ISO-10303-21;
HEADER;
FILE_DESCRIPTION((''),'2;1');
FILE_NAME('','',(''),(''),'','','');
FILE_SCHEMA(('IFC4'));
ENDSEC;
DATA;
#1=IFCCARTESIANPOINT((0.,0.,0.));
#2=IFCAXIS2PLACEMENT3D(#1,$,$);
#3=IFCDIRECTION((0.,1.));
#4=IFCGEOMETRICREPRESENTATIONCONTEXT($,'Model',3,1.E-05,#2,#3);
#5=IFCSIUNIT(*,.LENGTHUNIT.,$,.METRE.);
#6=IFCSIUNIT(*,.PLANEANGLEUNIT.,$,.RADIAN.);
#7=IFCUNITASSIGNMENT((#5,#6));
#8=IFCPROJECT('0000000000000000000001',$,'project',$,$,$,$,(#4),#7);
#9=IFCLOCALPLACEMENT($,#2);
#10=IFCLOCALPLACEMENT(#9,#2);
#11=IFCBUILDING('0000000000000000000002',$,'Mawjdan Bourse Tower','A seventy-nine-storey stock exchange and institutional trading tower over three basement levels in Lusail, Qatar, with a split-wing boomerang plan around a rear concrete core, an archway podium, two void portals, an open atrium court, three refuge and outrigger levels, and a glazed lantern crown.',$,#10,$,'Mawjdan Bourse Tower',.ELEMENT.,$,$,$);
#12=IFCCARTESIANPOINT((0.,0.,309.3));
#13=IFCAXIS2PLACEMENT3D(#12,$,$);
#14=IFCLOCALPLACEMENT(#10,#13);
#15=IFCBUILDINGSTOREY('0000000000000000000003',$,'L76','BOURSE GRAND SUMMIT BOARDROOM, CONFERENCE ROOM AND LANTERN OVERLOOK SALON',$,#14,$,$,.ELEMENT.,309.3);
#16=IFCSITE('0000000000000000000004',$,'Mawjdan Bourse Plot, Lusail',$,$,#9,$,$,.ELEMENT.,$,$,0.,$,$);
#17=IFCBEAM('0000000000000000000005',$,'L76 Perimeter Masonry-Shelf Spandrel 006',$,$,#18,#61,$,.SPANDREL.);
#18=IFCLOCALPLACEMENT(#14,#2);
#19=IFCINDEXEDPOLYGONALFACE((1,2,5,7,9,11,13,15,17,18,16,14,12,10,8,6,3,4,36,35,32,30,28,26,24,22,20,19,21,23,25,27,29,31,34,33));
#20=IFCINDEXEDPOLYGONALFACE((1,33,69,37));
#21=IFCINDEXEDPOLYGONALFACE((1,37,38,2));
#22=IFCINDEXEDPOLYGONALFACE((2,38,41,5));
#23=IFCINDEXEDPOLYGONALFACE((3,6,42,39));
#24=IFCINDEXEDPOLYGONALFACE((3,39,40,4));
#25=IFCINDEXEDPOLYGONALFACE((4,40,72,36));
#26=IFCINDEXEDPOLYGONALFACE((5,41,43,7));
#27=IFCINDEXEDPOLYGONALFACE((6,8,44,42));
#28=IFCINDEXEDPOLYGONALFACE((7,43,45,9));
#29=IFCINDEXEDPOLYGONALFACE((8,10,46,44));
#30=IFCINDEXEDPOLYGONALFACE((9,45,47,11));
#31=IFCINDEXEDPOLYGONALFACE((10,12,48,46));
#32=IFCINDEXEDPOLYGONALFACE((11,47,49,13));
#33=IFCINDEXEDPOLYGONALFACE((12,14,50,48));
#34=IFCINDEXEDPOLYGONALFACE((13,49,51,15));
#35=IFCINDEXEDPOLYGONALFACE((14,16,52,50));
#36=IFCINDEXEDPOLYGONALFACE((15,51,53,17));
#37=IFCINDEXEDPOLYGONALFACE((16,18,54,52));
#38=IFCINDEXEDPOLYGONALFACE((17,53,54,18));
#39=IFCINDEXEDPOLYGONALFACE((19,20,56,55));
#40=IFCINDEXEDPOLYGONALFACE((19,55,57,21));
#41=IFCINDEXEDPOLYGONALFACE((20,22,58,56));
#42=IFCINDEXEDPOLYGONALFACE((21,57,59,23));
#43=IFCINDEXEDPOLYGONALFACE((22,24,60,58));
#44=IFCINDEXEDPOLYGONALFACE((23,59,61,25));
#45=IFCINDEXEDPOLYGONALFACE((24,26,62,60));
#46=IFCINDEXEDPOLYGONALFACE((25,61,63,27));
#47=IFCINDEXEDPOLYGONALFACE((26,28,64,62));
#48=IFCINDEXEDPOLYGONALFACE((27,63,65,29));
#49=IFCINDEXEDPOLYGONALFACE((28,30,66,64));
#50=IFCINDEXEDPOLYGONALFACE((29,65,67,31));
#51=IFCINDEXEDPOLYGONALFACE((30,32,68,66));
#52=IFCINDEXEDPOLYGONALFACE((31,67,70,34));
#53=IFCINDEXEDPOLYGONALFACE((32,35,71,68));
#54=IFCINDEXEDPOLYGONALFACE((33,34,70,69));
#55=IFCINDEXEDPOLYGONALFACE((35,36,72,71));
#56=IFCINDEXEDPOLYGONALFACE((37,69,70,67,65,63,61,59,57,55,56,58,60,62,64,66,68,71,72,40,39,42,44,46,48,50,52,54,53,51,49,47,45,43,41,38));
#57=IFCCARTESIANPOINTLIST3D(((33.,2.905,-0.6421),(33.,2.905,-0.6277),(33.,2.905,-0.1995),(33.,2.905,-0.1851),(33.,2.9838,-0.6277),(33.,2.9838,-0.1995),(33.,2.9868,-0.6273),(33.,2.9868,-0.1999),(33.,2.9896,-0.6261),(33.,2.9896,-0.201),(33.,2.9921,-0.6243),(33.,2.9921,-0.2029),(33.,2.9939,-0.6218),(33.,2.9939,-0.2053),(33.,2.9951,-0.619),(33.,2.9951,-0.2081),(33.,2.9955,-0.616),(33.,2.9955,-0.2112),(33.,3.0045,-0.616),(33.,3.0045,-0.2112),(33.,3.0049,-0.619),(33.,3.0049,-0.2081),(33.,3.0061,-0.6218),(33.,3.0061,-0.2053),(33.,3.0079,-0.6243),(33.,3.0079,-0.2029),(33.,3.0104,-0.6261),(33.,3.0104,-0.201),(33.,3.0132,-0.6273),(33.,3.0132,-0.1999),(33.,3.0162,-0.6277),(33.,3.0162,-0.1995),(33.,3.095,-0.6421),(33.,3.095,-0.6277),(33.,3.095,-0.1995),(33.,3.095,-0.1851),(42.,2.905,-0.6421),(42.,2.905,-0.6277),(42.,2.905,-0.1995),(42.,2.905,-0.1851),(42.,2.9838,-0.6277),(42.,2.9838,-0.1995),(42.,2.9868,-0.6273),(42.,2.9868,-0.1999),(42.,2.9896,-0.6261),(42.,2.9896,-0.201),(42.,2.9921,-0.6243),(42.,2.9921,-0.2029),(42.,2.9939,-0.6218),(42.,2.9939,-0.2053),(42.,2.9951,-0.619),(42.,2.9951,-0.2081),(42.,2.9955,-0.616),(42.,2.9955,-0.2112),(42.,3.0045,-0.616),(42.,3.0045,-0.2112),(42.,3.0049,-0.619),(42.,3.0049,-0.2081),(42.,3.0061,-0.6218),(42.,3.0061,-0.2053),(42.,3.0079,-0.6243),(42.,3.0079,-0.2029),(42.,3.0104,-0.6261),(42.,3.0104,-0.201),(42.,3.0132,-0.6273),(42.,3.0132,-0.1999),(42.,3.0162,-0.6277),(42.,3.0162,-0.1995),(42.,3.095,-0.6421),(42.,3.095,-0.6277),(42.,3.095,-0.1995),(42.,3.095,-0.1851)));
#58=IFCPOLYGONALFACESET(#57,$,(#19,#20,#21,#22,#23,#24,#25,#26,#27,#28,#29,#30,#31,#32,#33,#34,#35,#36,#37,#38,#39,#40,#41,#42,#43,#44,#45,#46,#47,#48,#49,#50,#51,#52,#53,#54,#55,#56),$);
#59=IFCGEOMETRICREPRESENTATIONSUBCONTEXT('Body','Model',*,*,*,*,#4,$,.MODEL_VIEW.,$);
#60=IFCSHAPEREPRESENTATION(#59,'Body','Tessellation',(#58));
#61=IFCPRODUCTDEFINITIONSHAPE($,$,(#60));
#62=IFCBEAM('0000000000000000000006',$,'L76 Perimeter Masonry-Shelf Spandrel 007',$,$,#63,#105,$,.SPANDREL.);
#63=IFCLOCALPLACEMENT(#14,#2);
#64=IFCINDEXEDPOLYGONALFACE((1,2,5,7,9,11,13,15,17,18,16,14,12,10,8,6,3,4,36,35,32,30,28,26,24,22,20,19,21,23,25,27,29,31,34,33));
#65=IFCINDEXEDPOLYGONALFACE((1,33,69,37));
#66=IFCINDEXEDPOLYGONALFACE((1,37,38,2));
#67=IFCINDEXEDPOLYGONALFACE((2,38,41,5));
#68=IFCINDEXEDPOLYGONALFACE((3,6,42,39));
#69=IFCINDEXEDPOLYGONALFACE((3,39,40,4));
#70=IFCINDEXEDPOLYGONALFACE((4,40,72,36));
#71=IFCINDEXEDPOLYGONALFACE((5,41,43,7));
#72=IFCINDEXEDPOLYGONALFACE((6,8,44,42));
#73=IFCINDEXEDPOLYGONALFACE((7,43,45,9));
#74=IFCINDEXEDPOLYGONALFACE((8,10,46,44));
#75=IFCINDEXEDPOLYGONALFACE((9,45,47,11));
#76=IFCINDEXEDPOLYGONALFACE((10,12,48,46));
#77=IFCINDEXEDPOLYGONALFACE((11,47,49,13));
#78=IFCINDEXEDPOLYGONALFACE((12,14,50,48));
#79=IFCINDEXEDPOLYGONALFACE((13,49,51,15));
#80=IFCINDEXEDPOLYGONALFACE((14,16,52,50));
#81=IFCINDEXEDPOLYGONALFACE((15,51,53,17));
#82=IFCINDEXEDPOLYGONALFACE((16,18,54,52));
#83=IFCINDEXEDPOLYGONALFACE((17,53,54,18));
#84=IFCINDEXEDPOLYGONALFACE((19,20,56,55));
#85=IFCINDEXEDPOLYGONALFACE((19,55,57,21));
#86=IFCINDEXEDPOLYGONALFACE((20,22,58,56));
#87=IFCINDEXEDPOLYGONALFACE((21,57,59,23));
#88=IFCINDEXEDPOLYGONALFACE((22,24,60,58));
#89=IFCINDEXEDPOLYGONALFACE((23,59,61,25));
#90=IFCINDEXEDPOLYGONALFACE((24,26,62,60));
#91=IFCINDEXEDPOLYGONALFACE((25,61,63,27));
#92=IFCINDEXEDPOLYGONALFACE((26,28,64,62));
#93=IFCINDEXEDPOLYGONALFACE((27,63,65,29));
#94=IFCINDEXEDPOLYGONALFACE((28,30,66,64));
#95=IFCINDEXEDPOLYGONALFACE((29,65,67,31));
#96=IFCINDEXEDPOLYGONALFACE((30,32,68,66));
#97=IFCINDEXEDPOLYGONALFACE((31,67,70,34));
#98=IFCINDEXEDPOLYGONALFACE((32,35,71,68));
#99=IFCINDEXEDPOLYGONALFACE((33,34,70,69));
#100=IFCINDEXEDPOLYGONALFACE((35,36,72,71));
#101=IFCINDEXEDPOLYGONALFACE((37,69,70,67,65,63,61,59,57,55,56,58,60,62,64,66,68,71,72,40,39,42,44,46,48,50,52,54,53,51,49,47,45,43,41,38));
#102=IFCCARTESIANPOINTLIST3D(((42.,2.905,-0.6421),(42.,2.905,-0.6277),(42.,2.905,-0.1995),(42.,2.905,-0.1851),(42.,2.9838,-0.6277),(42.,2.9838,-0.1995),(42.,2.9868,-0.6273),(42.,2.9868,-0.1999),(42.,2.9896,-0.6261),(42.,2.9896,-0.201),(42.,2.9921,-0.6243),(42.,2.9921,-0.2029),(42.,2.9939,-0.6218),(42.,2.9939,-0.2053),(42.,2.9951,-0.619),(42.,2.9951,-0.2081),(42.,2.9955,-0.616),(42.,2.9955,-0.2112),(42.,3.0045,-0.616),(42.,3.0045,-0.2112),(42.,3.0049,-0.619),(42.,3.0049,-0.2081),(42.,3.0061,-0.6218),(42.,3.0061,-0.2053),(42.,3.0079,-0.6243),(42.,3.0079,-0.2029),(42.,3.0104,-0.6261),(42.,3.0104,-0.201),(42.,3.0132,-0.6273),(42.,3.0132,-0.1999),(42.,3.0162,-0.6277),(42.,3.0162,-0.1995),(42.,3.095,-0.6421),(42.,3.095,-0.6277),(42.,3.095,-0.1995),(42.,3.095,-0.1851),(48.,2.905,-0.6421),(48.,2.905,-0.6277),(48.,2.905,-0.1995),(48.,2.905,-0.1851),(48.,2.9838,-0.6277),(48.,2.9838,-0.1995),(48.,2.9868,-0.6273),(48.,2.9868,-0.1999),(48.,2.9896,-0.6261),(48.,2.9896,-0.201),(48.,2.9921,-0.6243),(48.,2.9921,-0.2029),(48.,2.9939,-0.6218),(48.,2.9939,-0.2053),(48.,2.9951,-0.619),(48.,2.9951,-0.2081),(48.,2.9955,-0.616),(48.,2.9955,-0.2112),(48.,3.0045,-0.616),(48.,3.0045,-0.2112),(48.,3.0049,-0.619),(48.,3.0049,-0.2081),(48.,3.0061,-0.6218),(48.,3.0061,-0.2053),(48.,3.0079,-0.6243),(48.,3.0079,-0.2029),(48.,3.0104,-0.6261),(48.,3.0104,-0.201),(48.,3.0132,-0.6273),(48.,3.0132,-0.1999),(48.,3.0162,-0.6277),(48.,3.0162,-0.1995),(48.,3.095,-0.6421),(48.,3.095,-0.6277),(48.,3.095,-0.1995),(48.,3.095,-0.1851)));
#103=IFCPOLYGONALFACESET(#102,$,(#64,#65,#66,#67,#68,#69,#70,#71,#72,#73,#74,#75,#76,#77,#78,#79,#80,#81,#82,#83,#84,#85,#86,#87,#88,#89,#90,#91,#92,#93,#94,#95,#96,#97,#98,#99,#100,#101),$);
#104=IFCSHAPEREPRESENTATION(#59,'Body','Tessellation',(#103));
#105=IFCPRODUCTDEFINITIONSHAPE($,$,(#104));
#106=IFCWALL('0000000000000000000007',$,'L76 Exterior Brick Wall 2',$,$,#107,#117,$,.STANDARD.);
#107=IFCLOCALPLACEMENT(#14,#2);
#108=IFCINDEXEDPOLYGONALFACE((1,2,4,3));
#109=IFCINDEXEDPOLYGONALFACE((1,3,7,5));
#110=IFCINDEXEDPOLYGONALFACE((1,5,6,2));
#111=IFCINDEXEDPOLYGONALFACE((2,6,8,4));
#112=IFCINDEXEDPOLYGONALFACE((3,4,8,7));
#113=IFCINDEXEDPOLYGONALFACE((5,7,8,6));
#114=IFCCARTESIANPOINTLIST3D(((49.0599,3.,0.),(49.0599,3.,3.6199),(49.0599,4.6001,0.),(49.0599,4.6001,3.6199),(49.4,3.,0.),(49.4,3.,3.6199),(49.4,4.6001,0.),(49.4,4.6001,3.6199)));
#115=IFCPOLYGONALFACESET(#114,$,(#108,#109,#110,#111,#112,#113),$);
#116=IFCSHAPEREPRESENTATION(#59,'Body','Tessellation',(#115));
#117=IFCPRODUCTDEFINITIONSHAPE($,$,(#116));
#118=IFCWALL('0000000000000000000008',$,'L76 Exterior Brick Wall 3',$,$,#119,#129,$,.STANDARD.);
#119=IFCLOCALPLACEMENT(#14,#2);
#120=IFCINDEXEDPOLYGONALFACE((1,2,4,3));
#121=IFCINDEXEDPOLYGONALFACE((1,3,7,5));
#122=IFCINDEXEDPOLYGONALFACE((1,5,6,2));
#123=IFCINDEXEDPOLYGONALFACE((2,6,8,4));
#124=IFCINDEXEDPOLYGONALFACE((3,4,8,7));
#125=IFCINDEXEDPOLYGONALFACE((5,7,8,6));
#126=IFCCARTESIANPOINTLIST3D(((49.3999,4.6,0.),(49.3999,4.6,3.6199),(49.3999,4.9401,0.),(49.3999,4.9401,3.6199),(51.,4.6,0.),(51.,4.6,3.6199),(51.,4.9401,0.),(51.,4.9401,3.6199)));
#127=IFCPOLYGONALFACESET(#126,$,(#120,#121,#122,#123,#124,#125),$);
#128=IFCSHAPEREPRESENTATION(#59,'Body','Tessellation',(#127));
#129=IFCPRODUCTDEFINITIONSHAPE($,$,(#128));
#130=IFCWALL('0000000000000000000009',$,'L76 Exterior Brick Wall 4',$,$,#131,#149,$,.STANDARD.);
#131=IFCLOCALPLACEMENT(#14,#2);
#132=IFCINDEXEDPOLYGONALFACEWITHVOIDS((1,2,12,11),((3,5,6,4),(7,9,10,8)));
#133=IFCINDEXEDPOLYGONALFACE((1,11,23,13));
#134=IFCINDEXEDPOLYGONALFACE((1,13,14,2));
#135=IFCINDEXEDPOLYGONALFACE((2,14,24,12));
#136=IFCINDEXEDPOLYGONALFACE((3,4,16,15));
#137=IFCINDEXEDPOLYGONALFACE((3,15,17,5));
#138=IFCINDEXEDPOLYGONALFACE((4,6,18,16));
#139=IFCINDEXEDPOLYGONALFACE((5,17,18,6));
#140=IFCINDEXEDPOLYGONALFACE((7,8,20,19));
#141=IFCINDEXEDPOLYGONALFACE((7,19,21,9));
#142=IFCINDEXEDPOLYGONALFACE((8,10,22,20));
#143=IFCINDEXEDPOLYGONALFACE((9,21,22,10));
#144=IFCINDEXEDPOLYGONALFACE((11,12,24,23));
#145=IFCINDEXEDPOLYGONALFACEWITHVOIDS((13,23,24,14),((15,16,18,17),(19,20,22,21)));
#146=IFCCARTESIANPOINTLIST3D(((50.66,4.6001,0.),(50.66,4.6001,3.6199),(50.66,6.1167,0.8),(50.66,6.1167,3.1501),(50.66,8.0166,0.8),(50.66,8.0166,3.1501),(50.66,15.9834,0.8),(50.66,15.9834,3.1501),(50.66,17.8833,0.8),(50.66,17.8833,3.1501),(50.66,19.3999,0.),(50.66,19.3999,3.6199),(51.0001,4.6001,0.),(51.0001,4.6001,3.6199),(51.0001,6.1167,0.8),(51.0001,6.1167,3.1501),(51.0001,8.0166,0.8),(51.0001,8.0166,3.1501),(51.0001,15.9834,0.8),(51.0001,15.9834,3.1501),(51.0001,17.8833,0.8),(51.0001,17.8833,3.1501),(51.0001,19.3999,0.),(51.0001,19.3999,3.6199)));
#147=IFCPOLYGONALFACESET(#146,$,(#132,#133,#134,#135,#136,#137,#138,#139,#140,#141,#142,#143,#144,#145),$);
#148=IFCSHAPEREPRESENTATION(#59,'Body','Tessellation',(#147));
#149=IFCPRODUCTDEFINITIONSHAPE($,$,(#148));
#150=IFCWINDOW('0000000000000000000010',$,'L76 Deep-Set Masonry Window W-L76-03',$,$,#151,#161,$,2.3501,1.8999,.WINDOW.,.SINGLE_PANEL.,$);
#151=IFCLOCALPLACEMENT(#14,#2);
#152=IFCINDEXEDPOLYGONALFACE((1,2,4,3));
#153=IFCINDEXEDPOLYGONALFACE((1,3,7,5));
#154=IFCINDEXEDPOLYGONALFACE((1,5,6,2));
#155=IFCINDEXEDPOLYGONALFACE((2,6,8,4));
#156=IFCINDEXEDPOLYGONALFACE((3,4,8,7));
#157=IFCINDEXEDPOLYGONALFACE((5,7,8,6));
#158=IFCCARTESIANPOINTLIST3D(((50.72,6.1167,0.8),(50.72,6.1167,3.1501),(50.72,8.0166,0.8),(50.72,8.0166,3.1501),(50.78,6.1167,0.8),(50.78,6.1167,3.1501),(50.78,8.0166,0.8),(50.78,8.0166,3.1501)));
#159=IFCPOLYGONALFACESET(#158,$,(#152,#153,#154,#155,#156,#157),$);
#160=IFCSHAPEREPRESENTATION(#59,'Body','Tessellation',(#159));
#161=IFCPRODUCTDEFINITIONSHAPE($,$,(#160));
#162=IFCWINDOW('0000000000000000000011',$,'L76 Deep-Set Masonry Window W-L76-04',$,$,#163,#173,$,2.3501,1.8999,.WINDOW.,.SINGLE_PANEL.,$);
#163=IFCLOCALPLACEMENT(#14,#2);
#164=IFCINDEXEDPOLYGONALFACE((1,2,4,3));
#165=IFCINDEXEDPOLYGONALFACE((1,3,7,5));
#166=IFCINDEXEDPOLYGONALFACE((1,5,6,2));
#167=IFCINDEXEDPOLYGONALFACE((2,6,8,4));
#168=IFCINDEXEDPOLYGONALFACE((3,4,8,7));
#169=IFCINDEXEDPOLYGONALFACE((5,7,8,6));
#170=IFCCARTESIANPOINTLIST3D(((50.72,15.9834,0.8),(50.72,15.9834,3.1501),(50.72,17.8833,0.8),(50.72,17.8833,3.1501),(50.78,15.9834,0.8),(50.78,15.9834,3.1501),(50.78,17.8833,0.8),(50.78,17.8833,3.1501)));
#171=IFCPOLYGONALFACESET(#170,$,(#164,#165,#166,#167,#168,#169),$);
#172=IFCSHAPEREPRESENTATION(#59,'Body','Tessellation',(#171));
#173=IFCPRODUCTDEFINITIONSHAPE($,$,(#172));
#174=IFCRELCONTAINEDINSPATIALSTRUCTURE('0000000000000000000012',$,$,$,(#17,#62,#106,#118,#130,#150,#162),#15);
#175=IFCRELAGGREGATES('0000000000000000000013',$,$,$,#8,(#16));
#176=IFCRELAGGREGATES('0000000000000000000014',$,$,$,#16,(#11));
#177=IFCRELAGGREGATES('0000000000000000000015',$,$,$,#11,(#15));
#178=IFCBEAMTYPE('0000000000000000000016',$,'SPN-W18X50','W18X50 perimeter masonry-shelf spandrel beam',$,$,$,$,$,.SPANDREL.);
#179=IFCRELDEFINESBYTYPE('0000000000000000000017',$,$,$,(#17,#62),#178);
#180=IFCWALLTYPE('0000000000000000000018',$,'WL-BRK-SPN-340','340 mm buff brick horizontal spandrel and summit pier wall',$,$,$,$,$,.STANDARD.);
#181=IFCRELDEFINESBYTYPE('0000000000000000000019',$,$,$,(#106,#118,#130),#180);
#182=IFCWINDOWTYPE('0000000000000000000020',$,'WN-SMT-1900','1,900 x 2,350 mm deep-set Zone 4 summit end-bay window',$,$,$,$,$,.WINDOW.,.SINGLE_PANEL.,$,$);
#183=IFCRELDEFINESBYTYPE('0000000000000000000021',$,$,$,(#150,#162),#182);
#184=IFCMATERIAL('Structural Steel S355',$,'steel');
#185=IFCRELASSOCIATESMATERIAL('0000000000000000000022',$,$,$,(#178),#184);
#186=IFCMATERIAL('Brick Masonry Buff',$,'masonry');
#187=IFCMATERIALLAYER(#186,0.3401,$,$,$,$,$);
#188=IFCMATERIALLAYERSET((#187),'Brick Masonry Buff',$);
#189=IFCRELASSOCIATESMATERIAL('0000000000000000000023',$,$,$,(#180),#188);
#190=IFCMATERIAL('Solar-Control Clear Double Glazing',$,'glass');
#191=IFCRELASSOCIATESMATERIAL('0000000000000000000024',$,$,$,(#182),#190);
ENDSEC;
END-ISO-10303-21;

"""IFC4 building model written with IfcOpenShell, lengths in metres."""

from ifc_helpers import new_model, si_unit, direction, frame, frame_2d, origin, origin_2d, place, context, subcontext, project, spatial, rectangle, i_section, extrude, material, layer, layer_set, material_profile, profile_set, type_object, element, fill, save


model = new_model("IFC4")

# Units and contexts
model_context = context("Model", 3, precision=1e-05, world=origin(), true_north=direction((0.0, 1.0)))
body_context = subcontext(model_context, "Body", "Model", "MODEL_VIEW")
ifc_project = project(units=[si_unit("LENGTHUNIT", "METRE"), si_unit("PLANEANGLEUNIT", "RADIAN")], contexts=[model_context])

# Site, building, storey
site_placement = place(None, origin())
site = spatial("IfcSite", under=ifc_project, at=site_placement, Name="Mawjdan Bourse Plot, Lusail", CompositionType="ELEMENT", RefElevation=0.0)
building_placement = place(site_placement, origin())
building = spatial("IfcBuilding", under=site, at=building_placement, Name="Mawjdan Bourse Tower", Description="A seventy-nine-storey stock exchange and institutional trading tower over three basement levels in Lusail, Qatar, with a split-wing boomerang plan around a rear concrete core, an archway podium, two void portals, an open atrium court, three refuge and outrigger levels, and a glazed lantern crown.", LongName="Mawjdan Bourse Tower", CompositionType="ELEMENT")
storey_placement = place(building_placement, frame((0.0, 0.0, 309.3)))
storey = spatial("IfcBuildingStorey", under=building, at=storey_placement, Name="L76", Description="BOURSE GRAND SUMMIT BOARDROOM, CONFERENCE ROOM AND LANTERN OVERLOOK SALON", CompositionType="ELEMENT", Elevation=309.3)

# Shared definitions
ifc_material_1 = material(Name="Structural Steel S355", Category="steel")

# Beams
ifc_material_profile_1 = material_profile(ifc_material_1, i_section(OverallWidth=0.1899, OverallDepth=0.457, WebThickness=0.009, FlangeThickness=0.0144, FilletRadius=0.0117, at=origin_2d()), Name="W18X50")
ifc_profile_set_1 = profile_set([ifc_material_profile_1], Name="Structural Steel S355")
beam_type_1 = type_object("IfcBeamType", Name="SPN-W18X50", Description="W18X50 perimeter masonry-shelf spandrel beam", PredefinedType="SPANDREL", material=ifc_profile_set_1)
beam_1_placement = place(storey_placement, frame((33.0, 3.0, -0.4136), z_axis=(1.0, 0.0, 0.0), x_axis=(0.0, 1.0, 0.0)))
element("IfcBeam", 1, at=beam_1_placement, inside=storey, type_object=beam_type_1, Name="L76 Perimeter Masonry-Shelf Spandrel 006", PredefinedType="SPANDREL", context=body_context, shape_type="SweptSolid", body=[
    extrude(i_section(OverallWidth=0.1899, OverallDepth=0.457, WebThickness=0.009, FlangeThickness=0.0144, FilletRadius=0.0117, at=origin_2d()), origin(), (0.0, 0.0, 1.0), 9.0),
])
beam_2_placement = place(storey_placement, frame((42.0, 3.0, -0.4136), z_axis=(1.0, 0.0, 0.0), x_axis=(0.0, 1.0, 0.0)))
element("IfcBeam", 2, at=beam_2_placement, inside=storey, type_object=beam_type_1, Name="L76 Perimeter Masonry-Shelf Spandrel 007", PredefinedType="SPANDREL", context=body_context, shape_type="SweptSolid", body=[
    extrude(i_section(OverallWidth=0.1899, OverallDepth=0.457, WebThickness=0.009, FlangeThickness=0.0144, FilletRadius=0.0117, at=origin_2d()), origin(), (0.0, 0.0, 1.0), 6.0),
])

# Walls
ifc_material_2 = material(Name="Brick Masonry Buff", Category="masonry")
ifc_layer_1 = layer(ifc_material_2, 0.3401)
ifc_layer_set_1 = layer_set([ifc_layer_1], Name="Brick Masonry Buff")
wall_type_1 = type_object("IfcWallType", Name="WL-BRK-SPN-340", Description="340 mm buff brick horizontal spandrel and summit pier wall", PredefinedType="STANDARD", material=ifc_layer_set_1)
for number, where, z_axis, x_axis, name in (
    (3, (49.23, 3.0, 0.0), (0.0, 0.0, 1.0), (0.0, 1.0, 0.0), "L76 Exterior Brick Wall 2"),
    (4, (49.3999, 4.77, 0.0), (0.0, 0.0, 1.0), (1.0, 0.0, 0.0), "L76 Exterior Brick Wall 3"),
):
    element("IfcWall", number, at=place(storey_placement, frame(where, z_axis=z_axis, x_axis=x_axis)), inside=storey, type_object=wall_type_1, Name=name, PredefinedType="STANDARD", context=body_context, shape_type="SweptSolid", body=[
        extrude(rectangle(XDim=1.6001, YDim=0.3401, at=frame_2d((0.8, 0.0))), origin(), (0.0, 0.0, 1.0), 3.6199),
    ])

# Wall, openings, windows
wall_1_placement = place(storey_placement, frame((50.8301, 4.6001, 0.0), z_axis=(0.0, 0.0, 1.0), x_axis=(0.0, 1.0, 0.0)))
wall_1 = element("IfcWall", 5, at=wall_1_placement, inside=storey, type_object=wall_type_1, Name="L76 Exterior Brick Wall 4", PredefinedType="STANDARD", context=body_context, shape_type="SweptSolid", body=[
    extrude(rectangle(XDim=14.7998, YDim=0.3401, at=frame_2d((7.3999, 0.0))), origin(), (0.0, 0.0, 1.0), 3.6199),
])
opening_1_placement = place(wall_1_placement, frame((1.5166, 0.0, 0.8)))
opening_1 = element("IfcOpeningElement", 6, at=opening_1_placement, cuts=wall_1, PredefinedType="OPENING", context=body_context, shape_type="SweptSolid", body=[
    extrude(rectangle(XDim=1.8999, YDim=2.3501, at=frame_2d((0.95, 1.175))), frame((0.0, 0.1802, 0.0), z_axis=(0.0, -1.0, 0.0), x_axis=(1.0, 0.0, 0.0)), (0.0, 0.0, 1.0), 0.3601),
])
opening_2_placement = place(wall_1_placement, frame((11.3833, 0.0, 0.8)))
opening_2 = element("IfcOpeningElement", 7, at=opening_2_placement, cuts=wall_1, PredefinedType="OPENING", context=body_context, shape_type="SweptSolid", body=[
    extrude(rectangle(XDim=1.8999, YDim=2.3501, at=frame_2d((0.95, 1.175))), frame((0.0, 0.1802, 0.0), z_axis=(0.0, -1.0, 0.0), x_axis=(1.0, 0.0, 0.0)), (0.0, 0.0, 1.0), 0.3601),
])
ifc_material_3 = material(Name="Solar-Control Clear Double Glazing", Category="glass")
window_type = type_object("IfcWindowType", Name="WN-SMT-1900", Description="1,900 x 2,350 mm deep-set Zone 4 summit end-bay window", PartitioningType="SINGLE_PANEL", PredefinedType="WINDOW", material=ifc_material_3)
window_1_placement = place(opening_1_placement, origin())
window_1 = element("IfcWindow", 8, at=window_1_placement, inside=storey, type_object=window_type, Name="L76 Deep-Set Masonry Window W-L76-03", OverallHeight=2.3501, OverallWidth=1.8999, PartitioningType="SINGLE_PANEL", PredefinedType="WINDOW", context=body_context, shape_type="SweptSolid", body=[
    extrude(rectangle(XDim=1.8999, YDim=2.3501, at=frame_2d((0.95, 1.175))), frame((0.0, 0.1101, 0.0), z_axis=(0.0, -1.0, 0.0), x_axis=(1.0, 0.0, 0.0)), (0.0, 0.0, 1.0), 0.0601),
])
fill(opening_1, window_1)
window_2_placement = place(opening_2_placement, origin())
window_2 = element("IfcWindow", 9, at=window_2_placement, inside=storey, type_object=window_type, Name="L76 Deep-Set Masonry Window W-L76-04", OverallHeight=2.3501, OverallWidth=1.8999, PartitioningType="SINGLE_PANEL", PredefinedType="WINDOW", context=body_context, shape_type="SweptSolid", body=[
    extrude(rectangle(XDim=1.8999, YDim=2.3501, at=frame_2d((0.95, 1.175))), frame((0.0, 0.1101, 0.0), z_axis=(0.0, -1.0, 0.0), x_axis=(1.0, 0.0, 0.0)), (0.0, 0.0, 1.0), 0.0601),
])
fill(opening_2, window_2)

save(model, "model.ifc")
